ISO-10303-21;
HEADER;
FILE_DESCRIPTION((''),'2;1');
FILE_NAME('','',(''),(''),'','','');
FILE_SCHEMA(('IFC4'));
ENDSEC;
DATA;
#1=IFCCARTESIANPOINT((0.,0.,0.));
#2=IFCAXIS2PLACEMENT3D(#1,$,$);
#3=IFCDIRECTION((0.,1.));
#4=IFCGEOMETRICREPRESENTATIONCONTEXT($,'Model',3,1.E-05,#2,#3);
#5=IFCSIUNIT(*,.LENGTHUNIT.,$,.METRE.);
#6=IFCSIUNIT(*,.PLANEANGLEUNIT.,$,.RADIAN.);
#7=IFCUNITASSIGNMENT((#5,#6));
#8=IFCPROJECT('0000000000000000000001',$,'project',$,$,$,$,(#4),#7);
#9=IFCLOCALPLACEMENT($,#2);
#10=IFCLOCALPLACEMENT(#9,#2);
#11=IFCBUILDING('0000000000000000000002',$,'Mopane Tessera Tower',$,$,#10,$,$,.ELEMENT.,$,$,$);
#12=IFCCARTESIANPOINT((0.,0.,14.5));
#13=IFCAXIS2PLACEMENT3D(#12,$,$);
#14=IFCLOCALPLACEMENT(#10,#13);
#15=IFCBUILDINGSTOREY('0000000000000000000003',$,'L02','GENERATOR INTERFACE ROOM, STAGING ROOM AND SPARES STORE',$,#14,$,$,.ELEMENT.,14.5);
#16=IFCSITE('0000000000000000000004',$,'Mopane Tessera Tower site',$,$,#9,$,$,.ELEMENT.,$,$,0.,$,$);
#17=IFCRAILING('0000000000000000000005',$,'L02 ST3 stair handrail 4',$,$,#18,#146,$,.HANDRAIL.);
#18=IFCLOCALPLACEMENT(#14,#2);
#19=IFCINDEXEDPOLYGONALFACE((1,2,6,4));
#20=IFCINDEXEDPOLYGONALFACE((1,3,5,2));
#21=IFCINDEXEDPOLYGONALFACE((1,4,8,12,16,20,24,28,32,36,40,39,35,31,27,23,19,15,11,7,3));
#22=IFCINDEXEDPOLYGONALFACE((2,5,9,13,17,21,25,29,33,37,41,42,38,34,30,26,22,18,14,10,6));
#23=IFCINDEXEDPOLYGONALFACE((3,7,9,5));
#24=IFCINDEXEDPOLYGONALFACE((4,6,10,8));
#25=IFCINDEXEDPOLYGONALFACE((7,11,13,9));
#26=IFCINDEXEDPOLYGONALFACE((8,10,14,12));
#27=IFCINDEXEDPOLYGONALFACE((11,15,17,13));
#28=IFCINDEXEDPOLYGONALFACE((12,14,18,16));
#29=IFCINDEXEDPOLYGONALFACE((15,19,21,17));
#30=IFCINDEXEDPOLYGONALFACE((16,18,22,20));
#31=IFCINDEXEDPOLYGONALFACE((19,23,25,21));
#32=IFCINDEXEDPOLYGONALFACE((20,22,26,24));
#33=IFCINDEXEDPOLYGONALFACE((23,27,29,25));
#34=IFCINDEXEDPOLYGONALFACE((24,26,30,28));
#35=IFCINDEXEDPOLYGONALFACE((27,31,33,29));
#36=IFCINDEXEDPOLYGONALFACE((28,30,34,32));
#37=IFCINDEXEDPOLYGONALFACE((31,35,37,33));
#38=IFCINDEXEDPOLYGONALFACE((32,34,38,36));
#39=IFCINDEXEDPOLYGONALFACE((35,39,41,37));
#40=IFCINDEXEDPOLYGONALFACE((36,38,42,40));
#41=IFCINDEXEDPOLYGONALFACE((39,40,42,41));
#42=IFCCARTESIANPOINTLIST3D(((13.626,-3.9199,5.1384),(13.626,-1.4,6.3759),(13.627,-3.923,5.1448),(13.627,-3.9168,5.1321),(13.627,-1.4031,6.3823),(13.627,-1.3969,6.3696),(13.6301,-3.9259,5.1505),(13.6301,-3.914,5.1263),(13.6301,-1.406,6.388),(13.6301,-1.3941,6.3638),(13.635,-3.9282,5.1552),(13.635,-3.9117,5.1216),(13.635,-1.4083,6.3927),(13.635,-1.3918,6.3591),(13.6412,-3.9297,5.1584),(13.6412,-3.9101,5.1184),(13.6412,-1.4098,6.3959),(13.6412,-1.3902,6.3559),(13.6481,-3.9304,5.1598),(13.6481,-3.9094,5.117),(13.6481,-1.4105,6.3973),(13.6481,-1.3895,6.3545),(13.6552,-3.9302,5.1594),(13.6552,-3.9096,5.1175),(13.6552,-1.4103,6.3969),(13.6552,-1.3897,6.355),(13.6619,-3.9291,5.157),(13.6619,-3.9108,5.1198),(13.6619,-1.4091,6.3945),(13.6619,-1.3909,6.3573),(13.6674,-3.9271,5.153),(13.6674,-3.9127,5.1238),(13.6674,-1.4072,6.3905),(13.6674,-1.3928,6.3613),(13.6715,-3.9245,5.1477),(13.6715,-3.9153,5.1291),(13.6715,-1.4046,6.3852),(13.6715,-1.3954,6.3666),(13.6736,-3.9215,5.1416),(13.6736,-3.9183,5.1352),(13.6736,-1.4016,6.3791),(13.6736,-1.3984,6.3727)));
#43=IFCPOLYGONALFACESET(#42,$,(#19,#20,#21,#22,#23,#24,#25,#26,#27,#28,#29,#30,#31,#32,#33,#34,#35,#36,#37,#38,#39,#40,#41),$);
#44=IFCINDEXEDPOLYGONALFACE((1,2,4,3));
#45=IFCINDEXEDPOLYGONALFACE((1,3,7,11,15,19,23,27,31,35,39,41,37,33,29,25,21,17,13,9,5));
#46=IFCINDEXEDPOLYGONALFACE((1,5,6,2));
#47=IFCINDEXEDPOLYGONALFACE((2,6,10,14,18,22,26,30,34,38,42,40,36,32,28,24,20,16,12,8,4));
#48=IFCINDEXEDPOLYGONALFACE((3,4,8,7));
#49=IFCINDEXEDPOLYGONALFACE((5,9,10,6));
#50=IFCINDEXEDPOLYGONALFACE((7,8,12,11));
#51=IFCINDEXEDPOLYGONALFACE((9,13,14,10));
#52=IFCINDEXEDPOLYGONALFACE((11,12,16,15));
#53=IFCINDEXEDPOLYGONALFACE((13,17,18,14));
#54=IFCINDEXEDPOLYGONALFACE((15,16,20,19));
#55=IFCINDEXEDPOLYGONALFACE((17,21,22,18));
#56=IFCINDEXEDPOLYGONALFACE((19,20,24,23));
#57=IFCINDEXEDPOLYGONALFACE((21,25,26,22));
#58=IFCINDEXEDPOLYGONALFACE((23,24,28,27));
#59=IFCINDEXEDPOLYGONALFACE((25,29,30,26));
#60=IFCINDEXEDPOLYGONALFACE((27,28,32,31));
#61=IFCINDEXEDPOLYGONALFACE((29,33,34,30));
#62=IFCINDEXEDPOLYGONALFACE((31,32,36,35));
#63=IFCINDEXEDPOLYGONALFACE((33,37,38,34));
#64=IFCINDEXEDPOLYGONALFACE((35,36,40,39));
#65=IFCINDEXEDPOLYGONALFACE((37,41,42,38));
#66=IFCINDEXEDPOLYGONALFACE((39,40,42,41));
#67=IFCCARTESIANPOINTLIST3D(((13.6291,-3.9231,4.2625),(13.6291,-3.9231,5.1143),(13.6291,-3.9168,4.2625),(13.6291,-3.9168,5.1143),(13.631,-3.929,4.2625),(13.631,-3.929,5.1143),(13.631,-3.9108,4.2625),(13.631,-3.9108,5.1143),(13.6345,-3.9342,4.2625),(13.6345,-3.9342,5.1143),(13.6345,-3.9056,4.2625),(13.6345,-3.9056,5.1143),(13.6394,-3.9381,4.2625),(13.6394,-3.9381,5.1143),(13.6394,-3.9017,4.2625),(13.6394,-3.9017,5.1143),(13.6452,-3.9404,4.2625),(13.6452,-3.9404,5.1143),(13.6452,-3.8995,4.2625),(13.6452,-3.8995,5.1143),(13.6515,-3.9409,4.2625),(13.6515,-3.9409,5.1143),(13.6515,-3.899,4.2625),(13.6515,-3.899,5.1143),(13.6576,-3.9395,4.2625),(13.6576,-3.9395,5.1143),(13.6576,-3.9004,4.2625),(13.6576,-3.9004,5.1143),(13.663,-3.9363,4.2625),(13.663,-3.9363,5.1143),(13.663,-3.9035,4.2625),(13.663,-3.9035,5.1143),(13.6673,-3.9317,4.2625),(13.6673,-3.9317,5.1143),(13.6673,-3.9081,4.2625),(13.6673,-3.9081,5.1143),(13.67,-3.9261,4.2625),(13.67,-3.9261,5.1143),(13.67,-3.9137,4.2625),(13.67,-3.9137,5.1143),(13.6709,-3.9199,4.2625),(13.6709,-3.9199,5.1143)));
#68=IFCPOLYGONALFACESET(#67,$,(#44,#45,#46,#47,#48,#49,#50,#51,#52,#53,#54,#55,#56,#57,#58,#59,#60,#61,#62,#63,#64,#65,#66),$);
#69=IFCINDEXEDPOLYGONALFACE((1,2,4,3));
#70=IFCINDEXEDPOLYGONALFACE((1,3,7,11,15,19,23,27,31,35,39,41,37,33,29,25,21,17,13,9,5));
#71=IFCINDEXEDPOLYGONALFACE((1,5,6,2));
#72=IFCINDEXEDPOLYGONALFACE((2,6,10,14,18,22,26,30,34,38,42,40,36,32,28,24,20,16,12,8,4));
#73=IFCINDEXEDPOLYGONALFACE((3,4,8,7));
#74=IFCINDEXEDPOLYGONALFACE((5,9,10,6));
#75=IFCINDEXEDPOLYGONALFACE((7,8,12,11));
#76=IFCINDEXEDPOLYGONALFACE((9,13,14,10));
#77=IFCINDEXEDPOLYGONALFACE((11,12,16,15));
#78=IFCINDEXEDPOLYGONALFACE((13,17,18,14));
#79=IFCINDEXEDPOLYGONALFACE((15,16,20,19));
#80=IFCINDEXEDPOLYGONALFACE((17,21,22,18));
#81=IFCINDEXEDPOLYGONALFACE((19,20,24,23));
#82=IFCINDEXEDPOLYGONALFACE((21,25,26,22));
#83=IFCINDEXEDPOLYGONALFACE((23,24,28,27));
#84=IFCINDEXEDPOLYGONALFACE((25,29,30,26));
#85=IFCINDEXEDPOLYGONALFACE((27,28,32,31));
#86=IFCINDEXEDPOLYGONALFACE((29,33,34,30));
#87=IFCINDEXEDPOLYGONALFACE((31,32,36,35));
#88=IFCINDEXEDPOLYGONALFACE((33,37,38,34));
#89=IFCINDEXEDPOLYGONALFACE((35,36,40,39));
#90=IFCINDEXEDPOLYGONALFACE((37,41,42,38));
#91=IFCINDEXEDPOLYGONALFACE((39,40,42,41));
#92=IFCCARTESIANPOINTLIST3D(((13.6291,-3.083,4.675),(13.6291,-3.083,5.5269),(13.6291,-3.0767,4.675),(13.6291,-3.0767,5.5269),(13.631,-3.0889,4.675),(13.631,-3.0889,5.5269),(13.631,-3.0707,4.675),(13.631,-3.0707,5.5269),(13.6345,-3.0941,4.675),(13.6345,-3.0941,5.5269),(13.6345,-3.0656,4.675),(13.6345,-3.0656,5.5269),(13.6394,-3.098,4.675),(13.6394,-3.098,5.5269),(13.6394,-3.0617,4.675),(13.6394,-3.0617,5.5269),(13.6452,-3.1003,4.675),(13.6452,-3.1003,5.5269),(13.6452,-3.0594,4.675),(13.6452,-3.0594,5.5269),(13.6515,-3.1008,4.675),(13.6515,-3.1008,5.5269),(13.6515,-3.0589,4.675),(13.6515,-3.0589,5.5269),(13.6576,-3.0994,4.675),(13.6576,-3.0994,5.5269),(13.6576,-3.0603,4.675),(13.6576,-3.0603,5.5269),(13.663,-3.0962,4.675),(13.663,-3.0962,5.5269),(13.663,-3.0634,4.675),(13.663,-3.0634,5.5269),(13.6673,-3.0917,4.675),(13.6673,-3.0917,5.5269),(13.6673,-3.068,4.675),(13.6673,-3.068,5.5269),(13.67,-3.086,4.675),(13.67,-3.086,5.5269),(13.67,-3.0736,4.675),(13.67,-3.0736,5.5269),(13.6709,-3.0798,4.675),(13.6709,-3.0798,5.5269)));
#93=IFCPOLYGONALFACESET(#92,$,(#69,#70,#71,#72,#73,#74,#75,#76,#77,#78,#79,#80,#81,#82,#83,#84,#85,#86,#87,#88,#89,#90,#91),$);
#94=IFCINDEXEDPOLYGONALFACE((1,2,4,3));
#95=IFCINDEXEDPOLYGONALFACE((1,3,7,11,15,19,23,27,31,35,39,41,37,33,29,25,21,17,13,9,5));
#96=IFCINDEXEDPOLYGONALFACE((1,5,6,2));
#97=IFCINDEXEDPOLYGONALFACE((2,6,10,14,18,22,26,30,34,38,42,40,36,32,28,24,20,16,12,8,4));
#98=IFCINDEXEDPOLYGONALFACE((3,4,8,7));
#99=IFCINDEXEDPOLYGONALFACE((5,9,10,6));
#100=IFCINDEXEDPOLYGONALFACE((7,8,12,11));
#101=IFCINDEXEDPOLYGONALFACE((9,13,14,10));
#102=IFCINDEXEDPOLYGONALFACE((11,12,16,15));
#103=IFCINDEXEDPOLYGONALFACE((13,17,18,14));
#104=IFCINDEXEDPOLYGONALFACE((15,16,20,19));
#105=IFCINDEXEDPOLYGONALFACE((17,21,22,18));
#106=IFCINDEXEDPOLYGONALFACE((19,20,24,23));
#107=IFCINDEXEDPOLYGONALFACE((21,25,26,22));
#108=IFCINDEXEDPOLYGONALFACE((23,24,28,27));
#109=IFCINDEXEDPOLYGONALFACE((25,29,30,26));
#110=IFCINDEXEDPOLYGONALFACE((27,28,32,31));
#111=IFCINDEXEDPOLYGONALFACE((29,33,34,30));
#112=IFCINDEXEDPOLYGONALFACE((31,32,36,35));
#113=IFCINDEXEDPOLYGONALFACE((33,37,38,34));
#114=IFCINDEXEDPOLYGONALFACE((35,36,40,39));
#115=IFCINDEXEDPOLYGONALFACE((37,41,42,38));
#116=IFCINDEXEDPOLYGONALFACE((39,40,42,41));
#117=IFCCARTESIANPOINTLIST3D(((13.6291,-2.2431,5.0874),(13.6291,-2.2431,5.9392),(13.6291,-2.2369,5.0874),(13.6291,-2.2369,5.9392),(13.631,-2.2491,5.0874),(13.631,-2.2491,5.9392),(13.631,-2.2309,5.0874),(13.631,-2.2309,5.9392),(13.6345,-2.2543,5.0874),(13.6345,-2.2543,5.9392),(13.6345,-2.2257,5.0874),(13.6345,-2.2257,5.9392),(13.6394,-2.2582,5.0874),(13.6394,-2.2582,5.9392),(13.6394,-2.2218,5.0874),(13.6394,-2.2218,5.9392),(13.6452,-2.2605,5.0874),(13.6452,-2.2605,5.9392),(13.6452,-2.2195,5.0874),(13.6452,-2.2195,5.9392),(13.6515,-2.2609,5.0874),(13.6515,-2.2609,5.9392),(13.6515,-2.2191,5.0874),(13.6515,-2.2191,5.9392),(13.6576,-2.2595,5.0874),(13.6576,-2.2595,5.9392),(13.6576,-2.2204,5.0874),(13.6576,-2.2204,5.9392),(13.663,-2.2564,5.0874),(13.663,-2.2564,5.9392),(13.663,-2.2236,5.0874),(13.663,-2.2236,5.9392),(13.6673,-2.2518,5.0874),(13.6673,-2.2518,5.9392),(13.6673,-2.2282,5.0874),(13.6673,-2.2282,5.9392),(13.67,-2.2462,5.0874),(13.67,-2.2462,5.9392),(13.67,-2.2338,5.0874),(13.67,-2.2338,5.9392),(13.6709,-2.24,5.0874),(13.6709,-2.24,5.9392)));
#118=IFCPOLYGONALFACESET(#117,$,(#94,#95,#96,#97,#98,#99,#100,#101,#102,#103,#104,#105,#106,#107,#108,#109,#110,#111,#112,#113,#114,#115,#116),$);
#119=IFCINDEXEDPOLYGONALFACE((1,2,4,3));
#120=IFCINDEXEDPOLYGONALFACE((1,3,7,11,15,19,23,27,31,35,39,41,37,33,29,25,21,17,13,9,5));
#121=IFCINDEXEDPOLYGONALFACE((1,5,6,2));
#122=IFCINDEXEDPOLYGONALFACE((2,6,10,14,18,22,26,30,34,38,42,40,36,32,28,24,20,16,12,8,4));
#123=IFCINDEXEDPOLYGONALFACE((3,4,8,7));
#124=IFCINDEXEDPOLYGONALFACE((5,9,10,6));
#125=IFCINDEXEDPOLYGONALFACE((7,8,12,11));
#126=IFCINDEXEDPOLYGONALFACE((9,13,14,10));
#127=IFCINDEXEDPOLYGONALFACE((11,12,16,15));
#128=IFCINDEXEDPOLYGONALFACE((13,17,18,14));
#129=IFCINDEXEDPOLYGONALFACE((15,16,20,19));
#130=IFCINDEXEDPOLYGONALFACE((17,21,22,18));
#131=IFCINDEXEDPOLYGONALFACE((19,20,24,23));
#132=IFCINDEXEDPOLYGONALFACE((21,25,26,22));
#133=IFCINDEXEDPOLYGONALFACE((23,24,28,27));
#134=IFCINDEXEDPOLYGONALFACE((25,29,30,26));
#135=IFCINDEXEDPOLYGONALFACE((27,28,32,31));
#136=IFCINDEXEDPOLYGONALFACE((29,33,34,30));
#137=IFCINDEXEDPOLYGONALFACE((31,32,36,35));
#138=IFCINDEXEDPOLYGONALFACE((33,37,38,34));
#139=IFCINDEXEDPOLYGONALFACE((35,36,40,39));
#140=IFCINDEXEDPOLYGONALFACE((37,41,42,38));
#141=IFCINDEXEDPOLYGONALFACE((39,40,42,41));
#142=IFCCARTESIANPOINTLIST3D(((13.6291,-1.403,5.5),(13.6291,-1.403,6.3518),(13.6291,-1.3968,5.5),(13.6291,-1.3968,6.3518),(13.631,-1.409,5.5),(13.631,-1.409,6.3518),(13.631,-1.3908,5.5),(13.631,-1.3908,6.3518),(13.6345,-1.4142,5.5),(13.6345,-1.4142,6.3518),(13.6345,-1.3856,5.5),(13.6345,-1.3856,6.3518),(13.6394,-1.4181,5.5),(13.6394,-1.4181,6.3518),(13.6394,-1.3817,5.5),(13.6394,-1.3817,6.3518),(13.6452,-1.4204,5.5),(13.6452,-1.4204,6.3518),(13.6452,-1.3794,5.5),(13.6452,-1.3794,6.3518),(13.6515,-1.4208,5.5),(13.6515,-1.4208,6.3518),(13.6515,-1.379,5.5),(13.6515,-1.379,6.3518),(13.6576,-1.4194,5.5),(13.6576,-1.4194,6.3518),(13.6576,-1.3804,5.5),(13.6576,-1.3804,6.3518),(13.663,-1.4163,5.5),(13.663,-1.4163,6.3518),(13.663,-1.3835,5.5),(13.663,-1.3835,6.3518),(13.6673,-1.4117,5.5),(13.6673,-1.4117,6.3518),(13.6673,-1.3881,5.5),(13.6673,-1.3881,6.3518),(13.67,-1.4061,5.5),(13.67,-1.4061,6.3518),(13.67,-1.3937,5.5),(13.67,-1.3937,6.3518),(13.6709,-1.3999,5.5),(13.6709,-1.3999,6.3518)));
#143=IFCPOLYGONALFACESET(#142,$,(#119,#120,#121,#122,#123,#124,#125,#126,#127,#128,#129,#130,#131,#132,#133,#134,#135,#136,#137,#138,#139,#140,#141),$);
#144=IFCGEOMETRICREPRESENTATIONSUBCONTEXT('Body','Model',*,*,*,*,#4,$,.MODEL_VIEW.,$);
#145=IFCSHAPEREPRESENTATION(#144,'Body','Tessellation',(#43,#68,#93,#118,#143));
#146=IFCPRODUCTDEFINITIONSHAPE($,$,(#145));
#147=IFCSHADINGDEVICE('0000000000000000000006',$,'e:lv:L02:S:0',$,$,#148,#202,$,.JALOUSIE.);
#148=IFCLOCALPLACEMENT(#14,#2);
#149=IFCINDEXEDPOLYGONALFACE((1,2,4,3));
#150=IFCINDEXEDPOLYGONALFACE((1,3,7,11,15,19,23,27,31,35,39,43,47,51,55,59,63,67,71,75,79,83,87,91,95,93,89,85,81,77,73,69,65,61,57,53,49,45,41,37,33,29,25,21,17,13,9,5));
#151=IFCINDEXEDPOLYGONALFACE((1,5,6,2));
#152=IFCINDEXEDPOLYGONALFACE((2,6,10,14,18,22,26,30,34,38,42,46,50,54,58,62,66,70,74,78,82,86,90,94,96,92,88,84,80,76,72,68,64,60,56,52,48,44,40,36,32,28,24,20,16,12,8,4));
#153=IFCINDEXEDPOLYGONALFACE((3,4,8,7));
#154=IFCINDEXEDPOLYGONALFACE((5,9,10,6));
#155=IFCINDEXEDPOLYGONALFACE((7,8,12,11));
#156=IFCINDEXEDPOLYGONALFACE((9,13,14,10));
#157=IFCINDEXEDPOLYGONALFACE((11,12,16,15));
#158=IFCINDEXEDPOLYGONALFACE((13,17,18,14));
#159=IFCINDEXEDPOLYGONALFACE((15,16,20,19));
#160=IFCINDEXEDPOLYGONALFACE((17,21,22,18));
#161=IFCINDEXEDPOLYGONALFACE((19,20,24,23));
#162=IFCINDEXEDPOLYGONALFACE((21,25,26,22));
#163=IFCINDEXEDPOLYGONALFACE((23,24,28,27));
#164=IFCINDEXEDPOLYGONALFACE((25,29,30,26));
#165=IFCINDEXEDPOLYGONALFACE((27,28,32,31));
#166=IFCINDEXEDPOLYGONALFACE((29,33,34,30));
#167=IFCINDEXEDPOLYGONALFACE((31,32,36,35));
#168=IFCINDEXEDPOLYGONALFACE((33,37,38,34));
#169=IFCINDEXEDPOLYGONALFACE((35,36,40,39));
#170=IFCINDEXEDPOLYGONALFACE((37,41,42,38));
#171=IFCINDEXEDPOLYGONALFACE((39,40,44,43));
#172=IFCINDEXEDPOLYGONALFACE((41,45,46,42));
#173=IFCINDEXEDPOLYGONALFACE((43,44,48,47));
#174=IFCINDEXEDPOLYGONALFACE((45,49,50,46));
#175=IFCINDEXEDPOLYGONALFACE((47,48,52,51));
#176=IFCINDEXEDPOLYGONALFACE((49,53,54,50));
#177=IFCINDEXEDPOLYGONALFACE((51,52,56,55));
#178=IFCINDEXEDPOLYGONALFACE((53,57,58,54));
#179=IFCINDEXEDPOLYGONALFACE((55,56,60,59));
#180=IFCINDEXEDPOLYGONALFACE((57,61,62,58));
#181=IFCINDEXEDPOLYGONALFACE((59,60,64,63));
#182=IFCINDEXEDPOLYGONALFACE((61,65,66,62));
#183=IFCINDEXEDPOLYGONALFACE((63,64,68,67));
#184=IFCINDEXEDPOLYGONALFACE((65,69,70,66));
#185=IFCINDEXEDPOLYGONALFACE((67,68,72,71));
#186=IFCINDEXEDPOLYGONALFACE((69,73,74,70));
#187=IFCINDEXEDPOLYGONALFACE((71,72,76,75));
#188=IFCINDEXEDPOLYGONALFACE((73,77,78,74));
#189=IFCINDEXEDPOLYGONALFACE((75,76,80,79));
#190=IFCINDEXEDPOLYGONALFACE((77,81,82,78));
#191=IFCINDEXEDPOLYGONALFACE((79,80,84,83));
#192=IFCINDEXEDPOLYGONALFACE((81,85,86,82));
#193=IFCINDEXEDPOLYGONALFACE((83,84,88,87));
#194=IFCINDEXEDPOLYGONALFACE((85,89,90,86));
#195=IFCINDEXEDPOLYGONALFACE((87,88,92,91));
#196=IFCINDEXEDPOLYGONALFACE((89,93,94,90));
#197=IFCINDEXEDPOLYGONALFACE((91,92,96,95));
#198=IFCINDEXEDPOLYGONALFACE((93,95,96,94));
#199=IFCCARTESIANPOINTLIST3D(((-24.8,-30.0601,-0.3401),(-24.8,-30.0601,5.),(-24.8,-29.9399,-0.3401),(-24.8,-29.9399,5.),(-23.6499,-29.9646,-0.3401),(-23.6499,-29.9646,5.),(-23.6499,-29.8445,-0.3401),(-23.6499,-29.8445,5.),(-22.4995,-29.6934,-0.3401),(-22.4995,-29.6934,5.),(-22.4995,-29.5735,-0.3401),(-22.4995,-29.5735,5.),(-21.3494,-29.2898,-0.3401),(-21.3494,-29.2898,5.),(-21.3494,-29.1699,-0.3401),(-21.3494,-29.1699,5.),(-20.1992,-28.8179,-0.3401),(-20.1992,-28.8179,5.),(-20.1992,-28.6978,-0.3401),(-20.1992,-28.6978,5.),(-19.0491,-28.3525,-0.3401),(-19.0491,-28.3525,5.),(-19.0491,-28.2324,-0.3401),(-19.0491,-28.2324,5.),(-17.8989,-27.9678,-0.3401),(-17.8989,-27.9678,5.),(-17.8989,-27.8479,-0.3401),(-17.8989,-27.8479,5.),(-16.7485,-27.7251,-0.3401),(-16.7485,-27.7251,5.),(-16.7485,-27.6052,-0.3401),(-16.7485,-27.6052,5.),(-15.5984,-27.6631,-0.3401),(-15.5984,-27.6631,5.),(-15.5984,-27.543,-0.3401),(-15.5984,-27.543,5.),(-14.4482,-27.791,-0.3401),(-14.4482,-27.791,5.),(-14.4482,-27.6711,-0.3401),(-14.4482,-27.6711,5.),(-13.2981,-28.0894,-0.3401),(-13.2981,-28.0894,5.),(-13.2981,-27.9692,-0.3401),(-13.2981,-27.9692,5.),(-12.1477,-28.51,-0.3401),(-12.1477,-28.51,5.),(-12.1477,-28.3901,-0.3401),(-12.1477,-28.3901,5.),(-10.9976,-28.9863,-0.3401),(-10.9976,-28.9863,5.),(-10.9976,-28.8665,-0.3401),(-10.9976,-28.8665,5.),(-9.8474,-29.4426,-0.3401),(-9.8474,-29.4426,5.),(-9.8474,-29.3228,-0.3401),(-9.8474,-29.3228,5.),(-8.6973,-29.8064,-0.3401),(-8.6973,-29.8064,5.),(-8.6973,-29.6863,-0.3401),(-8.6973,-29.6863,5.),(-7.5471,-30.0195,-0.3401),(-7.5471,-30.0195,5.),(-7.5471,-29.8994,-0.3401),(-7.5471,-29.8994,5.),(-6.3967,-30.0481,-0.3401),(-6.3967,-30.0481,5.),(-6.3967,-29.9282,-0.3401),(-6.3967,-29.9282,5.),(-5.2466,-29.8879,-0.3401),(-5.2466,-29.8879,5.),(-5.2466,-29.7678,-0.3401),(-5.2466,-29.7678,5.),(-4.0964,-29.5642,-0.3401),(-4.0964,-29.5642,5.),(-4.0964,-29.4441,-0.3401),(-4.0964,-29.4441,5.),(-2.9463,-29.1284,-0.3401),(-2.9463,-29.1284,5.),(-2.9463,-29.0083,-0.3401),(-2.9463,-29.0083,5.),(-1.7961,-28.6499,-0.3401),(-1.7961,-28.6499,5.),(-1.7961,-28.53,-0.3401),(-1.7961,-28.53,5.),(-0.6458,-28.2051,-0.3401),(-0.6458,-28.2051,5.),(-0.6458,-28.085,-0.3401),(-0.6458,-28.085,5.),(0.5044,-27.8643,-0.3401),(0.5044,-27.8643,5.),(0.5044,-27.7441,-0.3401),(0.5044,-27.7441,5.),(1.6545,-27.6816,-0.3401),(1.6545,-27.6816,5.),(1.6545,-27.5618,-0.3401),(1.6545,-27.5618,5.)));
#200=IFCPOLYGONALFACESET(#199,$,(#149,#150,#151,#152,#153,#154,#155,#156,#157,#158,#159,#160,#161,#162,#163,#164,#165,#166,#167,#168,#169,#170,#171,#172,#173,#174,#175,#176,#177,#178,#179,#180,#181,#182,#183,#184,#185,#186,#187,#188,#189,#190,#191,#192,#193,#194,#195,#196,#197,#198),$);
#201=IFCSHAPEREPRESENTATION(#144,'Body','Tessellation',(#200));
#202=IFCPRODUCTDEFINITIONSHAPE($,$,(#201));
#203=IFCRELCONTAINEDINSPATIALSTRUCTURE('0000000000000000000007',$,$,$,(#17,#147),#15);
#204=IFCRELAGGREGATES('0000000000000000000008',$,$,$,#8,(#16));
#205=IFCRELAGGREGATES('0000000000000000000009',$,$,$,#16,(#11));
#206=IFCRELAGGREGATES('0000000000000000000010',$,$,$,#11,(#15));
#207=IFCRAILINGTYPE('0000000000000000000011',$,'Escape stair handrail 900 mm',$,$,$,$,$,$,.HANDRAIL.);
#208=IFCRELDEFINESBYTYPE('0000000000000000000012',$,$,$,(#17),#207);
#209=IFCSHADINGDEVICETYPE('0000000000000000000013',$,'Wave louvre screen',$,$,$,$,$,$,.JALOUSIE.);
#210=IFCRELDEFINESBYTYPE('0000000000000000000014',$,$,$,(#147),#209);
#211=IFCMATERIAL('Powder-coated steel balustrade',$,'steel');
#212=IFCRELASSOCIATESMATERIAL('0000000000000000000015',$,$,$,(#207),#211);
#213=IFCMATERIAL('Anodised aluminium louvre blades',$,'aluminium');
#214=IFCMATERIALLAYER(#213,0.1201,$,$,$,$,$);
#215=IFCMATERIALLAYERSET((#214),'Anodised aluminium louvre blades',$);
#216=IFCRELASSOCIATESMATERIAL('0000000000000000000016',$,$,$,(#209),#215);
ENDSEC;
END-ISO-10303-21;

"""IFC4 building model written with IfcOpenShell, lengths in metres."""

from ifc_helpers import new_model, si_unit, direction, frame, origin, origin_2d, place, context, subcontext, project, spatial, polyline, circle, outline, extrude, material, layer, layer_set, type_object, element, save


model = new_model("IFC4")

# Units and contexts
model_context = context("Model", 3, precision=1e-05, world=origin(), true_north=direction((0.0, 1.0)))
body_context = subcontext(model_context, "Body", "Model", "MODEL_VIEW")
ifc_project = project(units=[si_unit("LENGTHUNIT", "METRE"), si_unit("PLANEANGLEUNIT", "RADIAN")], contexts=[model_context])

# Site, building, storey
site_placement = place(None, origin())
site = spatial("IfcSite", under=ifc_project, at=site_placement, Name="Mopane Tessera Tower site", CompositionType="ELEMENT", RefElevation=0.0)
building_placement = place(site_placement, origin())
building = spatial("IfcBuilding", under=site, at=building_placement, Name="Mopane Tessera Tower", CompositionType="ELEMENT")
storey_placement = place(building_placement, frame((0.0, 0.0, 14.5)))
storey = spatial("IfcBuildingStorey", under=building, at=storey_placement, Name="L02", Description="GENERATOR INTERFACE ROOM, STAGING ROOM AND SPARES STORE", CompositionType="ELEMENT", Elevation=14.5)

# Railing
ifc_material_1 = material(Name="Powder-coated steel balustrade", Category="steel")
railing_type_1 = type_object("IfcRailingType", Name="Escape stair handrail 900 mm", PredefinedType="HANDRAIL", material=ifc_material_1)
railing_1_placement = place(storey_placement, frame((13.6499, -3.9199, 4.2625)))
element("IfcRailing", 1, at=railing_1_placement, inside=storey, type_object=railing_type_1, Name="L02 ST3 stair handrail 4", PredefinedType="HANDRAIL", context=body_context, shape_type="SweptSolid", body=[
    extrude(circle(Radius=0.0239, at=origin_2d()), frame((0.0, 0.0, 0.876), z_axis=(0.0, 0.897604, 0.440802), x_axis=(-1.0, 0.0, 0.0)), (0.0, 0.0, 1.0), 2.8074),
    extrude(circle(Radius=0.021, at=origin_2d()), origin(), (0.0, 0.0, 1.0), 0.8518),
    extrude(circle(Radius=0.021, at=origin_2d()), frame((0.0, 0.8401, 0.4126)), (0.0, 0.0, 1.0), 0.8518),
    extrude(circle(Radius=0.021, at=origin_2d()), frame((0.0, 1.6799, 0.825)), (0.0, 0.0, 1.0), 0.8518),
    extrude(circle(Radius=0.021, at=origin_2d()), frame((0.0, 2.52, 1.2375)), (0.0, 0.0, 1.0), 0.8518),
])

# Shading device
ifc_material_2 = material(Name="Anodised aluminium louvre blades", Category="aluminium")
ifc_layer_1 = layer(ifc_material_2, 0.1201)
ifc_layer_set_1 = layer_set([ifc_layer_1], Name="Anodised aluminium louvre blades")
shading_device_type = type_object("IfcShadingDeviceType", Name="Wave louvre screen", PredefinedType="JALOUSIE", material=ifc_layer_set_1)
shading_device_1_placement = place(storey_placement, frame((0.0, 0.0, -0.3401)))
element("IfcShadingDevice", 2, at=shading_device_1_placement, inside=storey, type_object=shading_device_type, Name="e:lv:L02:S:0", PredefinedType="JALOUSIE", context=body_context, shape_type="SweptSolid", body=[
    extrude(outline(polyline([(-24.8, -29.9399), (-23.6499, -29.8445), (-22.4995, -29.5735), (-21.3494, -29.1699), (-20.1992, -28.6978), (-19.0491, -28.2324), (-17.8989, -27.8479), (-16.7485, -27.6052), (-15.5984, -27.543), (-14.4482, -27.6711), (-13.2981, -27.9692), (-12.1477, -28.3901), (-10.9976, -28.8665), (-9.8474, -29.3228), (-8.6973, -29.6863), (-7.5471, -29.8994), (-6.3967, -29.9282), (-5.2466, -29.7678), (-4.0964, -29.4441), (-2.9463, -29.0083), (-1.7961, -28.53), (-0.6458, -28.085), (0.5044, -27.7441), (1.6545, -27.5618), (1.6545, -27.6816), (0.5044, -27.8643), (-0.6458, -28.2051), (-1.7961, -28.6499), (-2.9463, -29.1284), (-4.0964, -29.5642), (-5.2466, -29.8879), (-6.3967, -30.0481), (-7.5471, -30.0195), (-8.6973, -29.8064), (-9.8474, -29.4426), (-10.9976, -28.9863), (-12.1477, -28.51), (-13.2981, -28.0894), (-14.4482, -27.791), (-15.5984, -27.6631), (-16.7485, -27.7251), (-17.8989, -27.9678), (-19.0491, -28.3525), (-20.1992, -28.8179), (-21.3494, -29.2898), (-22.4995, -29.6934), (-23.6499, -29.9646), (-24.8, -30.0601), (-24.8, -29.9399)])), origin(), (0.0, 0.0, 1.0), 5.3401),
])

save(model, "model.ifc")
